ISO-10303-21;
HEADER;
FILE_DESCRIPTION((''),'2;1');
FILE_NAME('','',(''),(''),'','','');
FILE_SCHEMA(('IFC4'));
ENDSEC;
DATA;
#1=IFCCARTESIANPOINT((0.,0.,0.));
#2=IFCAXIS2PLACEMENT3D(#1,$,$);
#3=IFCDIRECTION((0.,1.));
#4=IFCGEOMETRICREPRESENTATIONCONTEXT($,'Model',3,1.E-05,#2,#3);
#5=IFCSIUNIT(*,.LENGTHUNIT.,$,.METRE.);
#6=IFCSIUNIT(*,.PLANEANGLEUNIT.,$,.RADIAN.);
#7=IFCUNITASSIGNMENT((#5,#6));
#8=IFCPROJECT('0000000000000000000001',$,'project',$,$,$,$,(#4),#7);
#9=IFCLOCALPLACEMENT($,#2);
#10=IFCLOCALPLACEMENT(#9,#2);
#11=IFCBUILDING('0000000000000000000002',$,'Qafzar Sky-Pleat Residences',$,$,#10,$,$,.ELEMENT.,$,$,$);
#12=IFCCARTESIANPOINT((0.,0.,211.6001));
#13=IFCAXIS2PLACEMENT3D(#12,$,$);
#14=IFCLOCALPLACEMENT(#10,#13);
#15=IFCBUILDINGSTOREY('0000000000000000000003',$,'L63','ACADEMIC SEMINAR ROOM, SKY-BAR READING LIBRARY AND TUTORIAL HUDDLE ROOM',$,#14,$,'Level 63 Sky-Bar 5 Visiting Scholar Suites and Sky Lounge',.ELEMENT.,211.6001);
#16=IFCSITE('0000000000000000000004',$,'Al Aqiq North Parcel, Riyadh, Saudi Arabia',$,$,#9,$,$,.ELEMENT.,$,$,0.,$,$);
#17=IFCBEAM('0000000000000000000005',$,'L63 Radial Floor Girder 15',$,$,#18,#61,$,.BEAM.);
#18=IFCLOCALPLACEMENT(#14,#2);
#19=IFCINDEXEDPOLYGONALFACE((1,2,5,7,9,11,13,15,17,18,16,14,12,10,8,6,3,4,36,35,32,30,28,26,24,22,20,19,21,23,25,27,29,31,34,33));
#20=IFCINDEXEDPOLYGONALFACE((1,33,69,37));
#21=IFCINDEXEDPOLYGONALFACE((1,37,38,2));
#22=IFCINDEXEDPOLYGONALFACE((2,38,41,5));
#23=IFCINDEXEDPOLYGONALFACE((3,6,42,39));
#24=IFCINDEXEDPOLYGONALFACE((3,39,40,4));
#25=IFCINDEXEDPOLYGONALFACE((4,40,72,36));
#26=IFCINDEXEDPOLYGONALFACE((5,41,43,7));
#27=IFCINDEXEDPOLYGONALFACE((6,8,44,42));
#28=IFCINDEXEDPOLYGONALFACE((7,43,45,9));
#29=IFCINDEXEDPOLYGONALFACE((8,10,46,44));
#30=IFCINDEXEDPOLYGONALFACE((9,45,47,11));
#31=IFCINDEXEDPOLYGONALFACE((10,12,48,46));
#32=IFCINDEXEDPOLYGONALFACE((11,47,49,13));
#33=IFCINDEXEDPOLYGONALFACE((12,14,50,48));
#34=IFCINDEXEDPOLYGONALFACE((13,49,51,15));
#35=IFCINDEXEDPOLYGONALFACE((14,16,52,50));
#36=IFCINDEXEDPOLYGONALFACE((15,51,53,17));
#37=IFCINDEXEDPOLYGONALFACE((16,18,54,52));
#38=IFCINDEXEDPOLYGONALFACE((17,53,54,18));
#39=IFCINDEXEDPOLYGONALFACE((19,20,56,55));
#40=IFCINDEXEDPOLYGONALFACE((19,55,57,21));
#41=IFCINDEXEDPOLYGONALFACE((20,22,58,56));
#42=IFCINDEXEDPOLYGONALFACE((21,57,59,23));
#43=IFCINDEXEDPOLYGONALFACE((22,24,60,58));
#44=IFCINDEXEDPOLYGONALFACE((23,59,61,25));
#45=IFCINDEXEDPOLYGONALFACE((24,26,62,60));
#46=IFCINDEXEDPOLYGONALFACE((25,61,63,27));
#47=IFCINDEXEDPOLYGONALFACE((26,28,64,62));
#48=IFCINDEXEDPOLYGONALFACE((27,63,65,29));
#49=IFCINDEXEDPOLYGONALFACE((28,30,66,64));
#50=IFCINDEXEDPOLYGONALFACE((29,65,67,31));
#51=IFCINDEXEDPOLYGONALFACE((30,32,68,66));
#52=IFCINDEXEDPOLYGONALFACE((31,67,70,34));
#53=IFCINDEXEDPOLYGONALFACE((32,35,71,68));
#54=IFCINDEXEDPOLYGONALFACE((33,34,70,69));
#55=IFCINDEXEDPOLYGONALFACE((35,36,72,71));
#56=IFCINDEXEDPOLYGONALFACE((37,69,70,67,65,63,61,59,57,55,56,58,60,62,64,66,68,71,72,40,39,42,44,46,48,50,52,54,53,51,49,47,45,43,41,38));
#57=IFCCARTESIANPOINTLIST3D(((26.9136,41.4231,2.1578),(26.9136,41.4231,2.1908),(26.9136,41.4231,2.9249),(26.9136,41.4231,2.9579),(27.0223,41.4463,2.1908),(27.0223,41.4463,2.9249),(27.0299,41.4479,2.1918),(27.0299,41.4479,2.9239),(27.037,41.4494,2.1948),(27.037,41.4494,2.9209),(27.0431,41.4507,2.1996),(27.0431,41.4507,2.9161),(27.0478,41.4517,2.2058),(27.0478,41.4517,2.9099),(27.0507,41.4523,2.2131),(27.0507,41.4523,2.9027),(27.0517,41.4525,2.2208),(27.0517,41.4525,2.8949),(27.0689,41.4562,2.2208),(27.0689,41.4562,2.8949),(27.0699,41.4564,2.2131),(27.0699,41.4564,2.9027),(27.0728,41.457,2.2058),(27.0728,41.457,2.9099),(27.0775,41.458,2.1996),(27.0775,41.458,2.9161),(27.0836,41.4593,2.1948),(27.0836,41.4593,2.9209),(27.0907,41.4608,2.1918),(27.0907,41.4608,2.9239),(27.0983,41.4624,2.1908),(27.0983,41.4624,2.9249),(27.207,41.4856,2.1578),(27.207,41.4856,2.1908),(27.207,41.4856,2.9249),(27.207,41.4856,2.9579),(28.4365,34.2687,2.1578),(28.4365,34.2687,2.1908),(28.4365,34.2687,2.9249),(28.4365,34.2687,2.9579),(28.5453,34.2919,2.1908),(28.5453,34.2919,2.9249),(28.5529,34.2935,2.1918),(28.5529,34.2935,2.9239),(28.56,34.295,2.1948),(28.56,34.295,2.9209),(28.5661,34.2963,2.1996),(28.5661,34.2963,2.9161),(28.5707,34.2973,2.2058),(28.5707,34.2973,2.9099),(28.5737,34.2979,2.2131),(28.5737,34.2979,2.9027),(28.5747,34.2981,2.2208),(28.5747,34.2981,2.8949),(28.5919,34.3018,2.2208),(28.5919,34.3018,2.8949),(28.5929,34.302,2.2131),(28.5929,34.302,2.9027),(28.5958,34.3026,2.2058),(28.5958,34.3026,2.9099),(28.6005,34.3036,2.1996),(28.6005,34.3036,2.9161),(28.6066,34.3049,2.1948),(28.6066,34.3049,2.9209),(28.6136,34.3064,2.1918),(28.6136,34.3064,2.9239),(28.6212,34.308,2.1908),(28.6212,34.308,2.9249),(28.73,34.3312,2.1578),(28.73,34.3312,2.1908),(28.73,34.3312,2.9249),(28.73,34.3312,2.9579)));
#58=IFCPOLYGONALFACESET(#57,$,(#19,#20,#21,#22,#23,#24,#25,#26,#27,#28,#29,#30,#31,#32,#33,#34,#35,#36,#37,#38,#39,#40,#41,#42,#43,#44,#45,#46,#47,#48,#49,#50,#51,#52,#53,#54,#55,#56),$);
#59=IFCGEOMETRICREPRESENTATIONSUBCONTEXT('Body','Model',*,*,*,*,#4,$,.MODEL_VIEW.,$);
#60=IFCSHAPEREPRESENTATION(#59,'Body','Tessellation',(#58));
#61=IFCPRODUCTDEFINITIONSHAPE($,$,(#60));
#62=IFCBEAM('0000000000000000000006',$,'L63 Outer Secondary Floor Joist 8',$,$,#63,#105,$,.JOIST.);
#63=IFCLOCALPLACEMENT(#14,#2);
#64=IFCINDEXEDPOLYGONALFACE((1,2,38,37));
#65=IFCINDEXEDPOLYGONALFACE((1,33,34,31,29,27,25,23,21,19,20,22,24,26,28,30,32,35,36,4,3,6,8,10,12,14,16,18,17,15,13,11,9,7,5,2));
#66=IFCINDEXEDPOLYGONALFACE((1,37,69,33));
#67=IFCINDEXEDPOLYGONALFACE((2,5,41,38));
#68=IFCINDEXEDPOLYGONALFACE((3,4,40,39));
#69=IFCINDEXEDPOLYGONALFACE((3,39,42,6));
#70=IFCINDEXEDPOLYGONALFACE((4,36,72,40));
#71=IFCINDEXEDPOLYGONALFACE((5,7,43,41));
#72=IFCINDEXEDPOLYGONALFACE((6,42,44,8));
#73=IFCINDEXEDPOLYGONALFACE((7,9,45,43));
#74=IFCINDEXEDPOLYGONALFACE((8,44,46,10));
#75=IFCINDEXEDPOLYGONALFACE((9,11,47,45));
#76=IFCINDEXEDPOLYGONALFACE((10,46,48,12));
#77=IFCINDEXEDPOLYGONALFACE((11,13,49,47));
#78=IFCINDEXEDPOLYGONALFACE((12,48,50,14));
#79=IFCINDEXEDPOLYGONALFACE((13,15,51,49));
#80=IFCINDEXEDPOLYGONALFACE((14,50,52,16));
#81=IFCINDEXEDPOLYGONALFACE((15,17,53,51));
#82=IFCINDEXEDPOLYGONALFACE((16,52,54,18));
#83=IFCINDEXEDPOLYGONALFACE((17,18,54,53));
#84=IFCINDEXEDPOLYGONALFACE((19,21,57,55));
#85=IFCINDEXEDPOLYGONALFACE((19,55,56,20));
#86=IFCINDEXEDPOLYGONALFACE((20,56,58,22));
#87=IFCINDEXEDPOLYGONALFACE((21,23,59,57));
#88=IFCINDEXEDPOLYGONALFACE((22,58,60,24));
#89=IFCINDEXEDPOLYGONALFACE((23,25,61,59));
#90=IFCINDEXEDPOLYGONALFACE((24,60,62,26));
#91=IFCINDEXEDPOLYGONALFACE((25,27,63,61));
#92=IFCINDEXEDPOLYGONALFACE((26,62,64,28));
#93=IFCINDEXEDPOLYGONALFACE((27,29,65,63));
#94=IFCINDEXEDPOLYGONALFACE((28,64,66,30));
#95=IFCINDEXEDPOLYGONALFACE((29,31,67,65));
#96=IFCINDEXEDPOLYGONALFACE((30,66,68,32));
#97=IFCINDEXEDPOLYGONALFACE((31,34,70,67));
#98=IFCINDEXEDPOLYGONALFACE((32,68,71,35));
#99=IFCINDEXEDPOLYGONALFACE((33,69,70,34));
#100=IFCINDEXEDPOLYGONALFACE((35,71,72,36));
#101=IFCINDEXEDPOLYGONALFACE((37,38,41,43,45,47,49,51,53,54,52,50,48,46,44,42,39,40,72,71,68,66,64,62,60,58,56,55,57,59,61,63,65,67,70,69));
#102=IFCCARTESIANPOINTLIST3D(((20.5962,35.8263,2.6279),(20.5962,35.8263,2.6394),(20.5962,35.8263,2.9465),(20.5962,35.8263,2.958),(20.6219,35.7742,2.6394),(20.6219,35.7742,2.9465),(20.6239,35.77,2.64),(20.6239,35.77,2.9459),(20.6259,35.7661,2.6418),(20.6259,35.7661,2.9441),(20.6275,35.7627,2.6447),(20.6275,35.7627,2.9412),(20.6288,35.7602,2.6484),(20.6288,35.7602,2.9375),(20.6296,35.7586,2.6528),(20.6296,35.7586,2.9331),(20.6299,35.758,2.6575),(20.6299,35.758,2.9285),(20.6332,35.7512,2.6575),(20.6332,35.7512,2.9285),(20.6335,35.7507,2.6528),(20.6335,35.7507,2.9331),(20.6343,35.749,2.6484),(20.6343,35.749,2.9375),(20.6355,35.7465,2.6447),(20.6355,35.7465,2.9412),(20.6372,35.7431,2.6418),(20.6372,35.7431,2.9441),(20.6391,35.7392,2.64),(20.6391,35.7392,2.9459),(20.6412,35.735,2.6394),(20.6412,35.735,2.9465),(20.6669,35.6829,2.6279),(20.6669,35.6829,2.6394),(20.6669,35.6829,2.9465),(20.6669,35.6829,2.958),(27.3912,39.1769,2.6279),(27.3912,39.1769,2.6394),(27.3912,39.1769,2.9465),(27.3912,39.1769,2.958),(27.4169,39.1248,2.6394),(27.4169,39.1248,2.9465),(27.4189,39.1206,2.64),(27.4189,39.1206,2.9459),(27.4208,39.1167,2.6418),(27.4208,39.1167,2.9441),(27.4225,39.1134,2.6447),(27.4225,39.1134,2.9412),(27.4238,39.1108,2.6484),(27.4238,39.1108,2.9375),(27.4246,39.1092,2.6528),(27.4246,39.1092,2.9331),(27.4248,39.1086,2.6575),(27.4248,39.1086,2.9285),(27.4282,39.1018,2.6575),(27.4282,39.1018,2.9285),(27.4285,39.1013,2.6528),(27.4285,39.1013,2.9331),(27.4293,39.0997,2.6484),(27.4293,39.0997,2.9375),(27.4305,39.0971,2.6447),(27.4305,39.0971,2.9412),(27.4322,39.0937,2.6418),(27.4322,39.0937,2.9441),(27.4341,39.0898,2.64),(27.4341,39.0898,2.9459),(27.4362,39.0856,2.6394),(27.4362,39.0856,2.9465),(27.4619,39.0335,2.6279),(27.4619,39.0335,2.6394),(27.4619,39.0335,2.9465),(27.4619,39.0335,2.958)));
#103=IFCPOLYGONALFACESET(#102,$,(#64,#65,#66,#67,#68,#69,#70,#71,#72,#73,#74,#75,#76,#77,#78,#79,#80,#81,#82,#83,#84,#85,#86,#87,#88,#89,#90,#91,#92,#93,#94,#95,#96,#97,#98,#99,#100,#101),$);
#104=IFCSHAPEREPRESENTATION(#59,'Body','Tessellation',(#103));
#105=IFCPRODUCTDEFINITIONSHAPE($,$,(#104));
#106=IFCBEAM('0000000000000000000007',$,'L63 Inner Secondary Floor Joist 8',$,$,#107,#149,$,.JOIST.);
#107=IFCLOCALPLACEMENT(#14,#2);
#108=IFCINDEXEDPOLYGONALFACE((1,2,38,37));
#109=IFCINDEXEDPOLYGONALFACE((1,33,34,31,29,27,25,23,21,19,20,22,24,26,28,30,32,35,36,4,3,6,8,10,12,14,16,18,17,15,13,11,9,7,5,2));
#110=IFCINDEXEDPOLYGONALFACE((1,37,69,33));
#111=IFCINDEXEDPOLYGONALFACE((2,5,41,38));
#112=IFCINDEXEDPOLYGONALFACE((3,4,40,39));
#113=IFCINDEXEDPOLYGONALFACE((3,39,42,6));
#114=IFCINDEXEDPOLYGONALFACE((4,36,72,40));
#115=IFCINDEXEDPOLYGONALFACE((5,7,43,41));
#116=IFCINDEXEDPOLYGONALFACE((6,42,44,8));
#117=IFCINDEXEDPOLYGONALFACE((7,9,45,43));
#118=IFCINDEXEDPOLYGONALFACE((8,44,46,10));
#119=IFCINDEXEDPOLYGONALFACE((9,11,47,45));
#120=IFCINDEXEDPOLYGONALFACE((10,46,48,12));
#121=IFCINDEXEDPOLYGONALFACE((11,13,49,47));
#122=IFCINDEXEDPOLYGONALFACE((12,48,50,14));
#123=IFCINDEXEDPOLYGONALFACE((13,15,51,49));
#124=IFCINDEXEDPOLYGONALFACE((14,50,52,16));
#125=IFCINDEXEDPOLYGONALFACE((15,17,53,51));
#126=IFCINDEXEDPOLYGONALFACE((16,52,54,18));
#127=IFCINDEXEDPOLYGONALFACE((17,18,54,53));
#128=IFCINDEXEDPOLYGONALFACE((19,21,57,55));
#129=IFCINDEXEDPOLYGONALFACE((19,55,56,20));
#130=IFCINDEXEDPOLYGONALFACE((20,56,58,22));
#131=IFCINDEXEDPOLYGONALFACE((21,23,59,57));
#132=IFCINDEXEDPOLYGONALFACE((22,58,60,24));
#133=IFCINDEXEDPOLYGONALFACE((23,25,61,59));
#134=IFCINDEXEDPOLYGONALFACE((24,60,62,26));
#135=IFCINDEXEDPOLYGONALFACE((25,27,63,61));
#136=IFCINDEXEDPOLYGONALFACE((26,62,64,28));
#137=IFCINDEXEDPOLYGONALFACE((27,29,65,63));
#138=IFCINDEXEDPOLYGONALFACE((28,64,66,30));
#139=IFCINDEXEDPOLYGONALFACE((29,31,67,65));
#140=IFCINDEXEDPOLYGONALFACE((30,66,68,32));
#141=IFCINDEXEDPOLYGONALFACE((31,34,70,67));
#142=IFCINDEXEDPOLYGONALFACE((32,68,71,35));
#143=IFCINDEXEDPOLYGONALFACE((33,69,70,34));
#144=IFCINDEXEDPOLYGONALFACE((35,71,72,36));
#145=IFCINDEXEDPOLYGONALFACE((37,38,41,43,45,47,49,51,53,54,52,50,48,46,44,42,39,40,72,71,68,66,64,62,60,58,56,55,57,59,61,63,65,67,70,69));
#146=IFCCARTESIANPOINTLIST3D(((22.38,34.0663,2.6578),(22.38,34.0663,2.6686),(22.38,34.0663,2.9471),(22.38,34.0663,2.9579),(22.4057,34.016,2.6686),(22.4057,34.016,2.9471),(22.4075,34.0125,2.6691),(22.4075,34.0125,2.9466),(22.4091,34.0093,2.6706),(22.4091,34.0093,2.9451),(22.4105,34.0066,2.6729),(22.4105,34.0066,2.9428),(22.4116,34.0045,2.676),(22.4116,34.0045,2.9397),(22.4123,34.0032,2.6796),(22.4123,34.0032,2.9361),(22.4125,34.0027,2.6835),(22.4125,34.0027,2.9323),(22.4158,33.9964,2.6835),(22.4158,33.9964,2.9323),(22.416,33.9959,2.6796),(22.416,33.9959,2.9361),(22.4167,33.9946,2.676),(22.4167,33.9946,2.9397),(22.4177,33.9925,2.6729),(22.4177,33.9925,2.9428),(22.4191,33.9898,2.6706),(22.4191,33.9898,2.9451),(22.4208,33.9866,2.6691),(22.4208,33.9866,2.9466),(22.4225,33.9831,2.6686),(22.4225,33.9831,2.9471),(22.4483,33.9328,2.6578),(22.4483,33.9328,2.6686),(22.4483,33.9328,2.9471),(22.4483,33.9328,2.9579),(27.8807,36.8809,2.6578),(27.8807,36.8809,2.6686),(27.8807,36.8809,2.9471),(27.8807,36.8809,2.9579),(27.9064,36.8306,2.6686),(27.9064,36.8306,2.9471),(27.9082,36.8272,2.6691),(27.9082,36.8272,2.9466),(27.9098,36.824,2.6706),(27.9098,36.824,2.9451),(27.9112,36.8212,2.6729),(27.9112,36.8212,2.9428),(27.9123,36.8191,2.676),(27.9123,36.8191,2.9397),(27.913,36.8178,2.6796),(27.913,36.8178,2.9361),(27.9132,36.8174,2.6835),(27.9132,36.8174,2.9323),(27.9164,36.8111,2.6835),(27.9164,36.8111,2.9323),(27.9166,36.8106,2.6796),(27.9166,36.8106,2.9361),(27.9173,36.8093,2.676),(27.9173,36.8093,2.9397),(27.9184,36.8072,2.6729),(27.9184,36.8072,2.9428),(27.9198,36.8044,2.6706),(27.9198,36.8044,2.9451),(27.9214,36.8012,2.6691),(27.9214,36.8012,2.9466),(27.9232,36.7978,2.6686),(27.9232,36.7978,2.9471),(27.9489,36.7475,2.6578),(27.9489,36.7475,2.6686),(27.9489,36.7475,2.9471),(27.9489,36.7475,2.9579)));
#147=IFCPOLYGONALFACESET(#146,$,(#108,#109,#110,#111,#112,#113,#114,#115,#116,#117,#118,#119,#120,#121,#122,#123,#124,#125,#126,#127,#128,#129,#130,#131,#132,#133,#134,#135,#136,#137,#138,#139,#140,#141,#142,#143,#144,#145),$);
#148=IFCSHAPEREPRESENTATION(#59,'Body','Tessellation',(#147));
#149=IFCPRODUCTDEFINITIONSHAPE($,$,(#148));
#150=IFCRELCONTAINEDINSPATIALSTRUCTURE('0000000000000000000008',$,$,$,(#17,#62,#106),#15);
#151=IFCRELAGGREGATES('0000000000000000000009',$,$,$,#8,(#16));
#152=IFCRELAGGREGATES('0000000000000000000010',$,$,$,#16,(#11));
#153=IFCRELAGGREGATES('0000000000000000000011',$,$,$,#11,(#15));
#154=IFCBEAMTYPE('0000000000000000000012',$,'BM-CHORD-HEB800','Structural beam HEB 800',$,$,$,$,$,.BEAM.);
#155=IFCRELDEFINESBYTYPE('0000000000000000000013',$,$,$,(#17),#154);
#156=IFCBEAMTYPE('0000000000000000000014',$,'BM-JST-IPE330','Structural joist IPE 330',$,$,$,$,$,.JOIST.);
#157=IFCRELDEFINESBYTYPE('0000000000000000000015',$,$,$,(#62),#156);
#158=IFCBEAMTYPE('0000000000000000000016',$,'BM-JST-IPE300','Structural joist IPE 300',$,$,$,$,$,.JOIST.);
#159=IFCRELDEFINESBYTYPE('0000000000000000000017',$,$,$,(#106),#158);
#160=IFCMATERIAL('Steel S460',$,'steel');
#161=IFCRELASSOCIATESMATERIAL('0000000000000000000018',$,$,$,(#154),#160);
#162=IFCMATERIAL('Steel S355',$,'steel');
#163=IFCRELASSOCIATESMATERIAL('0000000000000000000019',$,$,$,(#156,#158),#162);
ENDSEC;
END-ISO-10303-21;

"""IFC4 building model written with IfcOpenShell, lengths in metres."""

from ifc_helpers import new_model, si_unit, direction, frame, origin, origin_2d, place, context, subcontext, project, spatial, i_section, extrude, source, transform, mapped, material, material_profile, profile_set, type_object, element, save


model = new_model("IFC4")

# Units and contexts
model_context = context("Model", 3, precision=1e-05, world=origin(), true_north=direction((0.0, 1.0)))
body_context = subcontext(model_context, "Body", "Model", "MODEL_VIEW")
ifc_project = project(units=[si_unit("LENGTHUNIT", "METRE"), si_unit("PLANEANGLEUNIT", "RADIAN")], contexts=[model_context])

# Site, building, storey
site_placement = place(None, origin())
site = spatial("IfcSite", under=ifc_project, at=site_placement, Name="Al Aqiq North Parcel, Riyadh, Saudi Arabia", CompositionType="ELEMENT", RefElevation=0.0)
building_placement = place(site_placement, origin())
building = spatial("IfcBuilding", under=site, at=building_placement, Name="Qafzar Sky-Pleat Residences", CompositionType="ELEMENT")
storey_placement = place(building_placement, frame((0.0, 0.0, 211.6001)))
storey = spatial("IfcBuildingStorey", under=building, at=storey_placement, Name="L63", Description="ACADEMIC SEMINAR ROOM, SKY-BAR READING LIBRARY AND TUTORIAL HUDDLE ROOM", LongName="Level 63 Sky-Bar 5 Visiting Scholar Suites and Sky Lounge", CompositionType="ELEMENT", Elevation=211.6001)

# Shared definitions
ifc_material_1 = material(Name="Steel S355", Category="steel")

# Beams
ifc_material_2 = material(Name="Steel S460", Category="steel")
ifc_material_profile_1 = material_profile(ifc_material_2, i_section(OverallWidth=0.3, OverallDepth=0.8, WebThickness=0.0176, FlangeThickness=0.033, FilletRadius=0.03, at=origin_2d()), Name="HEB 800")
ifc_profile_set_1 = profile_set([ifc_material_profile_1], Name="Steel S460")
beam_type_1 = type_object("IfcBeamType", Name="BM-CHORD-HEB800", Description="Structural beam HEB 800", PredefinedType="BEAM", material=ifc_profile_set_1)
shared_shape_1 = source(origin(), body_context, "Body", "SweptSolid", [
    extrude(i_section(OverallWidth=0.3, OverallDepth=0.8, WebThickness=0.0176, FlangeThickness=0.033, FilletRadius=0.03, at=origin_2d()), origin(), (0.0, 0.0, 1.0), 7.3147),
])
beam_1_placement = place(storey_placement, frame((27.0603, 41.4543, 2.5579), z_axis=(0.208207, -0.978085, 0.0), x_axis=(0.978085, 0.208207, 0.0)))
element("IfcBeam", 1, at=beam_1_placement, inside=storey, type_object=beam_type_1, Name="L63 Radial Floor Girder 15", PredefinedType="BEAM", context=body_context, shape_type="MappedRepresentation", body=[
    mapped(shared_shape_1, transform((0.0, 0.0, 0.0), x_axis=(1.0, 0.0, 0.0), y_axis=(0.0, 1.0, 0.0), z_axis=(0.0, 0.0, 1.0), scale=1.0)),
])
ifc_material_profile_2 = material_profile(ifc_material_1, i_section(OverallWidth=0.1599, OverallDepth=0.3301, WebThickness=0.0076, FlangeThickness=0.0115, FilletRadius=0.0181, at=origin_2d()), Name="IPE 330")
ifc_profile_set_2 = profile_set([ifc_material_profile_2], Name="Steel S355")
beam_type_2 = type_object("IfcBeamType", Name="BM-JST-IPE330", Description="Structural joist IPE 330", PredefinedType="JOIST", material=ifc_profile_set_2)
shared_shape_2 = source(origin(), body_context, "Body", "SweptSolid", [
    extrude(i_section(OverallWidth=0.1599, OverallDepth=0.3301, WebThickness=0.0076, FlangeThickness=0.0115, FilletRadius=0.0181, at=origin_2d()), origin(), (0.0, 0.0, 1.0), 7.5762),
])
beam_2_placement = place(storey_placement, frame((27.4265, 39.1052, 2.793), z_axis=(-0.896888, -0.442257, 0.0), x_axis=(0.442257, -0.896888, 0.0)))
element("IfcBeam", 2, at=beam_2_placement, inside=storey, type_object=beam_type_2, Name="L63 Outer Secondary Floor Joist 8", PredefinedType="JOIST", context=body_context, shape_type="MappedRepresentation", body=[
    mapped(shared_shape_2, transform((0.0, 0.0, 0.0), x_axis=(1.0, 0.0, 0.0), y_axis=(0.0, 1.0, 0.0), z_axis=(0.0, 0.0, 1.0), scale=1.0)),
])
ifc_material_profile_3 = material_profile(ifc_material_1, i_section(OverallWidth=0.1499, OverallDepth=0.3, WebThickness=0.0071, FlangeThickness=0.0107, FilletRadius=0.0149, at=origin_2d()), Name="IPE 300")
ifc_profile_set_3 = profile_set([ifc_material_profile_3], Name="Steel S355")
beam_type_3 = type_object("IfcBeamType", Name="BM-JST-IPE300", Description="Structural joist IPE 300", PredefinedType="JOIST", material=ifc_profile_set_3)
shared_shape_3 = source(origin(), body_context, "Body", "SweptSolid", [
    extrude(i_section(OverallWidth=0.1499, OverallDepth=0.3, WebThickness=0.0071, FlangeThickness=0.0107, FilletRadius=0.0149, at=origin_2d()), origin(), (0.0, 0.0, 1.0), 6.179),
])
beam_3_placement = place(storey_placement, frame((27.9148, 36.8142, 2.8079), z_axis=(-0.890224, -0.455523, 0.0), x_axis=(0.455523, -0.890224, 0.0)))
element("IfcBeam", 3, at=beam_3_placement, inside=storey, type_object=beam_type_3, Name="L63 Inner Secondary Floor Joist 8", PredefinedType="JOIST", context=body_context, shape_type="MappedRepresentation", body=[
    mapped(shared_shape_3, transform((0.0, 0.0, 0.0), x_axis=(1.0, 0.0, 0.0), y_axis=(0.0, 1.0, 0.0), z_axis=(0.0, 0.0, 1.0), scale=1.0)),
])

save(model, "model.ifc")
